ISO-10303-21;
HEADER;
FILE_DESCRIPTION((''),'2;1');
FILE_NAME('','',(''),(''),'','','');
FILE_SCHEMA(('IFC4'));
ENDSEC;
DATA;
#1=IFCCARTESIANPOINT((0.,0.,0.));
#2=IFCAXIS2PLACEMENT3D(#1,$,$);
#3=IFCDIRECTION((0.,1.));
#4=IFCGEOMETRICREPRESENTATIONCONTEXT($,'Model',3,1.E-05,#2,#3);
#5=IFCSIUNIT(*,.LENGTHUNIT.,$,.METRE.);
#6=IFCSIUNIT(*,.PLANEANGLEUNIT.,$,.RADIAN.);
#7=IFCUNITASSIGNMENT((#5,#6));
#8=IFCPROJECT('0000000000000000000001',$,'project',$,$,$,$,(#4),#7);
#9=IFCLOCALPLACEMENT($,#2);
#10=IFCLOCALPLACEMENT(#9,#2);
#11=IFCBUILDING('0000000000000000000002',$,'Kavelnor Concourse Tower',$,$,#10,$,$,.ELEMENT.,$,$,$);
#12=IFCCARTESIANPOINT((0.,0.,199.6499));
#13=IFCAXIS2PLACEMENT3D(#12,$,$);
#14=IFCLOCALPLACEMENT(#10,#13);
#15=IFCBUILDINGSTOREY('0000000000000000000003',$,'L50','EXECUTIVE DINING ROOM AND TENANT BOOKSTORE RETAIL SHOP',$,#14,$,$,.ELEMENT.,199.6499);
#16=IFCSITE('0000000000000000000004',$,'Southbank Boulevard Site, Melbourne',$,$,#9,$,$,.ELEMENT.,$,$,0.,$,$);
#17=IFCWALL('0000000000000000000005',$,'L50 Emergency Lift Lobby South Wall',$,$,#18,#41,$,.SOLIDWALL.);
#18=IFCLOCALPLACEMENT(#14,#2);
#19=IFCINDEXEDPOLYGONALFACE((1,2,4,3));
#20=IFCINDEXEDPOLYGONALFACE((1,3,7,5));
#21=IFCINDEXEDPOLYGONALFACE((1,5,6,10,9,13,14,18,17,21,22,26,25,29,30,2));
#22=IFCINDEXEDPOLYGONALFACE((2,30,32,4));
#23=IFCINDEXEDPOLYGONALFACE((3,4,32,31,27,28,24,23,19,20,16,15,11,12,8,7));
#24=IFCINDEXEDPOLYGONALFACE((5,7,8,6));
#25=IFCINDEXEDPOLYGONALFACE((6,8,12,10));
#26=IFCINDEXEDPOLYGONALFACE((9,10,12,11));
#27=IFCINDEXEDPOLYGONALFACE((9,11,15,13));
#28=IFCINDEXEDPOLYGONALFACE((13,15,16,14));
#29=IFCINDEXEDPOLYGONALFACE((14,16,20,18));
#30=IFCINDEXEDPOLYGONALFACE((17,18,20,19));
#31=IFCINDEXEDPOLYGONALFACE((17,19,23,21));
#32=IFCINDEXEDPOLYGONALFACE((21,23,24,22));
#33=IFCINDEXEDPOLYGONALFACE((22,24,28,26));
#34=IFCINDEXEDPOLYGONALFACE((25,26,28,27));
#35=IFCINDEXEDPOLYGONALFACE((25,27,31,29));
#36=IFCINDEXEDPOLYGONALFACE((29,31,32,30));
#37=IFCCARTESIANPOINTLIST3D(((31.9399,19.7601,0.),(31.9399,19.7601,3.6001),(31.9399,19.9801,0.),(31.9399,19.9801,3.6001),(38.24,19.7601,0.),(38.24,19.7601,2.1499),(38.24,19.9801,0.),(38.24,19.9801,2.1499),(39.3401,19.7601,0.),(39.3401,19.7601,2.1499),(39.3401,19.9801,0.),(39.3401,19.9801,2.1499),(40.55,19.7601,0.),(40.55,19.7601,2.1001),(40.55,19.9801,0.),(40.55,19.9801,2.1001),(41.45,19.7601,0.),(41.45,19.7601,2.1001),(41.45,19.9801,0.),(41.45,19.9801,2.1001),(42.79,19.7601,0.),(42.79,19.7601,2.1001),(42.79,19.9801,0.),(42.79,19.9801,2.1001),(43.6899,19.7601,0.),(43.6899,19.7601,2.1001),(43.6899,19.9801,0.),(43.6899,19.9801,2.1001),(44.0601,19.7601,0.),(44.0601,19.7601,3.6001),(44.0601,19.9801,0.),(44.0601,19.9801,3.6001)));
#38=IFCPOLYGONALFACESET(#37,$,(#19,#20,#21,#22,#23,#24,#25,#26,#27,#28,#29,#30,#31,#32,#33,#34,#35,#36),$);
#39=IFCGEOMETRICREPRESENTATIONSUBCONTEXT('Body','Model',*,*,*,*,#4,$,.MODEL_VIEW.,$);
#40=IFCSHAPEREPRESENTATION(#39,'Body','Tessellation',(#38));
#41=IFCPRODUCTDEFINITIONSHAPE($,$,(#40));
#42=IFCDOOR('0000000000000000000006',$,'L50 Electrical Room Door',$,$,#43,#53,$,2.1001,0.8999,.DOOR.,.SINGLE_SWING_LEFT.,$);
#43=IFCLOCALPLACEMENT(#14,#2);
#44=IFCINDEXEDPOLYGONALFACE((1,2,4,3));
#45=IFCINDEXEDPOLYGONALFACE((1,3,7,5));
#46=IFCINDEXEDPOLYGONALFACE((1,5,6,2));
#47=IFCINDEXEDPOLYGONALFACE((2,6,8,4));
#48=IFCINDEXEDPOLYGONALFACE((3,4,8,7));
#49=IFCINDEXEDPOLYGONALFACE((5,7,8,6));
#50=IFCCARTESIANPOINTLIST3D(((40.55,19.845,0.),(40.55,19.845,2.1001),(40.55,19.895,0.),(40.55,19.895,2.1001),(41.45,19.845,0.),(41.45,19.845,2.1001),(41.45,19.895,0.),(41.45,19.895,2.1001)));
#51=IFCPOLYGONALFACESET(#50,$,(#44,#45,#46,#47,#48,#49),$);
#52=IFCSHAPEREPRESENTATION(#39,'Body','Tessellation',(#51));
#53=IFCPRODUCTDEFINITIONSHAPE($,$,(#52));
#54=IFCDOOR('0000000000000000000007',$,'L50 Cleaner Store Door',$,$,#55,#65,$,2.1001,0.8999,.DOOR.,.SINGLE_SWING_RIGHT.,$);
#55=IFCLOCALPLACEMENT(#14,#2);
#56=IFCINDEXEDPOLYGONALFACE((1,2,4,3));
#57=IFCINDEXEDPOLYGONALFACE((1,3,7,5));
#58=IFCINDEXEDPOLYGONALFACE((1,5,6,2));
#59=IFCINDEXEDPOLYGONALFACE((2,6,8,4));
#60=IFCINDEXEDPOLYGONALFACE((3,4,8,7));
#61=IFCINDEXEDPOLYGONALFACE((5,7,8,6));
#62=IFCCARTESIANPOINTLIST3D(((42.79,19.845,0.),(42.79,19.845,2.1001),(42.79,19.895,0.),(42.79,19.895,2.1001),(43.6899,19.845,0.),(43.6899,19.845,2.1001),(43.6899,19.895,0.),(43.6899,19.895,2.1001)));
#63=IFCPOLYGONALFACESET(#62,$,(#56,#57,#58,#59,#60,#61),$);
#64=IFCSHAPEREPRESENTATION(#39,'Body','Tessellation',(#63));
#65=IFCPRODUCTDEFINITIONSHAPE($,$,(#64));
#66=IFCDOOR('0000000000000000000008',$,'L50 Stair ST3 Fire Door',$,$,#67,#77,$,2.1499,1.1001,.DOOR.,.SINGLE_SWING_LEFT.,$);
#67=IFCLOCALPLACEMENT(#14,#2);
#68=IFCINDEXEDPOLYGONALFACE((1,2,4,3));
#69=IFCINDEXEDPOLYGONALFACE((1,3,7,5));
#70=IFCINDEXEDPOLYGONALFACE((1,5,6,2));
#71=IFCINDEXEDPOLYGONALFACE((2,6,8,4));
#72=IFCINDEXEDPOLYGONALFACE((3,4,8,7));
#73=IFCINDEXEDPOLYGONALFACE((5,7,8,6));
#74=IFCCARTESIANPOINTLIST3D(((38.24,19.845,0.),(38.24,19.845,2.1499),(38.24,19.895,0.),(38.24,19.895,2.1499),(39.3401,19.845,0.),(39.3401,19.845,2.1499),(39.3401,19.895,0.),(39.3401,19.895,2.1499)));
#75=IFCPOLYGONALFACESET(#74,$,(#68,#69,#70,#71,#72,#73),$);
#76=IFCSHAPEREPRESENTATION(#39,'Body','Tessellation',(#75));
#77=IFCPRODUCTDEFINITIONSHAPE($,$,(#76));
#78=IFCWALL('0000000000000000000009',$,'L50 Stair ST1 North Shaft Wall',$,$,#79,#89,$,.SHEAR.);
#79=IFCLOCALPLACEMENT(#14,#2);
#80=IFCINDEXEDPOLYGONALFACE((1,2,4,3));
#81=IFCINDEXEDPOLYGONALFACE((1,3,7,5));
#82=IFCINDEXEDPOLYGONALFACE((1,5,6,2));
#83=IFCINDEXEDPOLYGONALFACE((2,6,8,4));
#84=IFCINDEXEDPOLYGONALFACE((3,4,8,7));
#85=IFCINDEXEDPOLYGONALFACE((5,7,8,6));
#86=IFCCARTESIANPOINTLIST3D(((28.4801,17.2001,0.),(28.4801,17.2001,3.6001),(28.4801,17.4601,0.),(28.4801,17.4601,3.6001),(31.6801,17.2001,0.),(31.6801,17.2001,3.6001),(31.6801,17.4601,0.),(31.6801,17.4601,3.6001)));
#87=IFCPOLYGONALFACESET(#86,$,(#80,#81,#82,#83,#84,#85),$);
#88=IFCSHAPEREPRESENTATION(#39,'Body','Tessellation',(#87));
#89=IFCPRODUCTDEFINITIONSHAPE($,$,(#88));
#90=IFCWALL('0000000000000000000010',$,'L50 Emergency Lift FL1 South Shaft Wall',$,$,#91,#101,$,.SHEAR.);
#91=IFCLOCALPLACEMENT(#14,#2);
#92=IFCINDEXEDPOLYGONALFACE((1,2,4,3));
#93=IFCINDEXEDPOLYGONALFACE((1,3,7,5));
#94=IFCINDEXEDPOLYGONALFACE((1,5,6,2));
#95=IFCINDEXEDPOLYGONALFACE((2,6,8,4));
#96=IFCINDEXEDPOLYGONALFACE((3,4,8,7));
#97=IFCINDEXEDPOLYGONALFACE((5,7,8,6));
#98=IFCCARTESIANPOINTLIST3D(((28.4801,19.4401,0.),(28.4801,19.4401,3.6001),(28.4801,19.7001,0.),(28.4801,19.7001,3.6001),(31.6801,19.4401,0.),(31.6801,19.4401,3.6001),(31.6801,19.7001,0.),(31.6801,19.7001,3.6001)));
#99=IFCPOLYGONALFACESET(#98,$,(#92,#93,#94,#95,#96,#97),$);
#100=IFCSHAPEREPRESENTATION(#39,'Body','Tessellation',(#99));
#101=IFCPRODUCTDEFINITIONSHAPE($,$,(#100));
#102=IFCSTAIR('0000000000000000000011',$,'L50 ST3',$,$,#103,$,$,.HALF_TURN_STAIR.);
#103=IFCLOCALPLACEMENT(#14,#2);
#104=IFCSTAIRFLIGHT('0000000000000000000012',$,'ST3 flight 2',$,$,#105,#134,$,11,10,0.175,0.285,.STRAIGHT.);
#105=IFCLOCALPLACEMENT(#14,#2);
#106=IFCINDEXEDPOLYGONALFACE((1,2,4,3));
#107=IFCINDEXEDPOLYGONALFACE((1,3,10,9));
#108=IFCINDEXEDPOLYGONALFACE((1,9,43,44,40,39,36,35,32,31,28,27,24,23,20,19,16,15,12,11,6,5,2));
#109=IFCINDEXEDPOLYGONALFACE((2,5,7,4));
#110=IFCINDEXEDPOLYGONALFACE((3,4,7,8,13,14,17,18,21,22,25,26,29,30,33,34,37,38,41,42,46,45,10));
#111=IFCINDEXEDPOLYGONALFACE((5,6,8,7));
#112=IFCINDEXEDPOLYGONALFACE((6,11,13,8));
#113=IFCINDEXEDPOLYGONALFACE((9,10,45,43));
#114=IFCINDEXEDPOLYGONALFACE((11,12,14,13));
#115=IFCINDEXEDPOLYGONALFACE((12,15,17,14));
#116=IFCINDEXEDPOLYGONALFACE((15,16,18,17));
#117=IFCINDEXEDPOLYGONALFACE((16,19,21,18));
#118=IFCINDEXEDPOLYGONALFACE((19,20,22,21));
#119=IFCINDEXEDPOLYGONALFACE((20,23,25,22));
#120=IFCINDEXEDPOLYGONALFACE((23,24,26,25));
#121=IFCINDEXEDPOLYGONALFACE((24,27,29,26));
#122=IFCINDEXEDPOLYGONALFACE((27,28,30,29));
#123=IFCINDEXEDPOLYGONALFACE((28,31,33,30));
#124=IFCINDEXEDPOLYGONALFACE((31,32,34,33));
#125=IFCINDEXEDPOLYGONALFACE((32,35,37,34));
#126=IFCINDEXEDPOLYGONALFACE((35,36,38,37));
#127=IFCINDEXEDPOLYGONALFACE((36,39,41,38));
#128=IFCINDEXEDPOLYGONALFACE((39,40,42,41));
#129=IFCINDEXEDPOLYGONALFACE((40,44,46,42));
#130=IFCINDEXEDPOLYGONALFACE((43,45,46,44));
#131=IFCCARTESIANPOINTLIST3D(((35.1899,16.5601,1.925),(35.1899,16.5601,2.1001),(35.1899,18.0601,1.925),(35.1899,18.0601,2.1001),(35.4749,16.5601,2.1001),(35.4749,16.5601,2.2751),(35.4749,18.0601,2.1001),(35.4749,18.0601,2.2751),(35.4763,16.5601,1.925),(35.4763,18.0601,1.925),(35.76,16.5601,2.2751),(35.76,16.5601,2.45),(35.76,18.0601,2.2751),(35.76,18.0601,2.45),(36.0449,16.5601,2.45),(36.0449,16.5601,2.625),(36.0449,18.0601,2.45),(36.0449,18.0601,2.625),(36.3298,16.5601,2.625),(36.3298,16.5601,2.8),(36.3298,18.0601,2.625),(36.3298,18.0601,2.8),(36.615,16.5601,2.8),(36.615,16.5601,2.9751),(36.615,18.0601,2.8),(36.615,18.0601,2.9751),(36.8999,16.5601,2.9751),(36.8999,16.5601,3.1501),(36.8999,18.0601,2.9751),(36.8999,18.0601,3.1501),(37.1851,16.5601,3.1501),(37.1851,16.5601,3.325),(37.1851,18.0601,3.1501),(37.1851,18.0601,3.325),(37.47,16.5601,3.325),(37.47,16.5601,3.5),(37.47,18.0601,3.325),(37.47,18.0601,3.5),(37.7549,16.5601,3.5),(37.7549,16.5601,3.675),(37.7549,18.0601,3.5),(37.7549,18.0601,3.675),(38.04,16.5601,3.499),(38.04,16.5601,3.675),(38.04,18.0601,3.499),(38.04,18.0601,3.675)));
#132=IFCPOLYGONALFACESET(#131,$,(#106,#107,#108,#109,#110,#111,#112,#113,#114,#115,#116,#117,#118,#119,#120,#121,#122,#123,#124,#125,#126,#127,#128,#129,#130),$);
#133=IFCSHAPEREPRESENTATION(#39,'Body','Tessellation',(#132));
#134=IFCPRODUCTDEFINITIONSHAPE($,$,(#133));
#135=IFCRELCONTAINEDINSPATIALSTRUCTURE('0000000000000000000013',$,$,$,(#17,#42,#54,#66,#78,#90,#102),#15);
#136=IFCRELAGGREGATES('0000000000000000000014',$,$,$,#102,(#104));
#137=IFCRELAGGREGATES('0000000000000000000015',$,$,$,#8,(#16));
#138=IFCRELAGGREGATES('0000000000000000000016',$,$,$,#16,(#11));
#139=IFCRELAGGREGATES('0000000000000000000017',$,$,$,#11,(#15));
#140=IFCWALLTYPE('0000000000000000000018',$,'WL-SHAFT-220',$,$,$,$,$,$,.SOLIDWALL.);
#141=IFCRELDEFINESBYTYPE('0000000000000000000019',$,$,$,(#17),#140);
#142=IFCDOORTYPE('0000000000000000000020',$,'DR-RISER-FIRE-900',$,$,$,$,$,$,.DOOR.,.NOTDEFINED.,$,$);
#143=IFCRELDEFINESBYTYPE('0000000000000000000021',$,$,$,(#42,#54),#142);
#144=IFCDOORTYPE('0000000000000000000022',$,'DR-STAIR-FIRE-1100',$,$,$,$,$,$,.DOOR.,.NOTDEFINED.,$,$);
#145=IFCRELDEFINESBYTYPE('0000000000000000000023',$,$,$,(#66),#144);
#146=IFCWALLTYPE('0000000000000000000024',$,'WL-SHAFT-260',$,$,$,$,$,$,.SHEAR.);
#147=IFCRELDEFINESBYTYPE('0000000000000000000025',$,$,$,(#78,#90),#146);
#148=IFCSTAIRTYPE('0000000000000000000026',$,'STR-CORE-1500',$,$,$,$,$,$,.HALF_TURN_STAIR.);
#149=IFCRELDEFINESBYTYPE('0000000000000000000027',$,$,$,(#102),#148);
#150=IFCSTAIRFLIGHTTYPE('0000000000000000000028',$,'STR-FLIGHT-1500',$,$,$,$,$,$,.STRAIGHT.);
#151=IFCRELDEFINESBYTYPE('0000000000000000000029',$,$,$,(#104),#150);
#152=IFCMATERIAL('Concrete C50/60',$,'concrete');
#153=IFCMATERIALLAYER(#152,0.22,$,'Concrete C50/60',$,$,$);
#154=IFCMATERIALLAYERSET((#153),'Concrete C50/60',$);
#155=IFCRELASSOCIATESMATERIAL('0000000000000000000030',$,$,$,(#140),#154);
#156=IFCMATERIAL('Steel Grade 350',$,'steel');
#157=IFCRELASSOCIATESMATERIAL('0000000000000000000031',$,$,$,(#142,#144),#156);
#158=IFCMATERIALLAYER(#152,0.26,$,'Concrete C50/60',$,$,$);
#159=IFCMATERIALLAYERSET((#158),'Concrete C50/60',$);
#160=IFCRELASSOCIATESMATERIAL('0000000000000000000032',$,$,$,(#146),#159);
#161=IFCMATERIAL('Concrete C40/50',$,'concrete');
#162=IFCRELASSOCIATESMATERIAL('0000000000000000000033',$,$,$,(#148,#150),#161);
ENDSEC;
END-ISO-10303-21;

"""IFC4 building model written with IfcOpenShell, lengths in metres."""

from ifc_helpers import new_model, si_unit, direction, frame, frame_2d, origin, place, context, subcontext, project, spatial, polyline, rectangle, outline, extrude, material, layer, layer_set, type_object, element, fill, aggregate, save


model = new_model("IFC4")

# Units and contexts
model_context = context("Model", 3, precision=1e-05, world=origin(), true_north=direction((0.0, 1.0)))
body_context = subcontext(model_context, "Body", "Model", "MODEL_VIEW")
ifc_project = project(units=[si_unit("LENGTHUNIT", "METRE"), si_unit("PLANEANGLEUNIT", "RADIAN")], contexts=[model_context])

# Site, building, storey
site_placement = place(None, origin())
site = spatial("IfcSite", under=ifc_project, at=site_placement, Name="Southbank Boulevard Site, Melbourne", CompositionType="ELEMENT", RefElevation=0.0)
building_placement = place(site_placement, origin())
building = spatial("IfcBuilding", under=site, at=building_placement, Name="Kavelnor Concourse Tower", CompositionType="ELEMENT")
storey_placement = place(building_placement, frame((0.0, 0.0, 199.6499)))
storey = spatial("IfcBuildingStorey", under=building, at=storey_placement, Name="L50", Description="EXECUTIVE DINING ROOM AND TENANT BOOKSTORE RETAIL SHOP", CompositionType="ELEMENT", Elevation=199.6499)

# Shared definitions
ifc_material_1 = material(Name="Steel Grade 350", Category="steel")

# Shared definitions
ifc_material_2 = material(Name="Concrete C50/60", Category="concrete")

# Wall, openings, doors
ifc_layer_1 = layer(ifc_material_2, 0.22, Name="Concrete C50/60")
ifc_layer_set_1 = layer_set([ifc_layer_1], Name="Concrete C50/60")
wall_type_1 = type_object("IfcWallType", Name="WL-SHAFT-220", PredefinedType="SOLIDWALL", material=ifc_layer_set_1)
wall_1_placement = place(storey_placement, frame((31.9399, 19.8701, 0.0), z_axis=(0.0, 0.0, 1.0), x_axis=(1.0, 0.0, 0.0)))
wall_1 = element("IfcWall", 1, at=wall_1_placement, inside=storey, type_object=wall_type_1, Name="L50 Emergency Lift Lobby South Wall", PredefinedType="SOLIDWALL", context=body_context, shape_type="SweptSolid", body=[
    extrude(rectangle(XDim=12.1201, YDim=0.22, at=frame_2d((6.0601, 0.0))), origin(), (0.0, 0.0, 1.0), 3.6001),
])
opening_1_placement = place(wall_1_placement, frame((6.3, 0.0, 0.0)))
opening_1 = element("IfcOpeningElement", 2, at=opening_1_placement, cuts=wall_1, PredefinedType="OPENING", context=body_context, shape_type="SweptSolid", body=[
    extrude(rectangle(XDim=1.1001, YDim=2.1499, at=frame_2d((0.55, 1.075))), frame((0.0, 0.1201, 0.0), z_axis=(0.0, -1.0, 0.0), x_axis=(1.0, 0.0, 0.0)), (0.0, 0.0, 1.0), 0.24),
])
opening_2_placement = place(wall_1_placement, frame((8.6101, 0.0, 0.0)))
opening_2 = element("IfcOpeningElement", 3, at=opening_2_placement, cuts=wall_1, PredefinedType="OPENING", context=body_context, shape_type="SweptSolid", body=[
    extrude(rectangle(XDim=0.8999, YDim=2.1001, at=frame_2d((0.45, 1.05))), frame((0.0, 0.1201, 0.0), z_axis=(0.0, -1.0, 0.0), x_axis=(1.0, 0.0, 0.0)), (0.0, 0.0, 1.0), 0.24),
])
opening_3_placement = place(wall_1_placement, frame((10.8501, 0.0, 0.0)))
opening_3 = element("IfcOpeningElement", 4, at=opening_3_placement, cuts=wall_1, PredefinedType="OPENING", context=body_context, shape_type="SweptSolid", body=[
    extrude(rectangle(XDim=0.8999, YDim=2.1001, at=frame_2d((0.45, 1.05))), frame((0.0, 0.1201, 0.0), z_axis=(0.0, -1.0, 0.0), x_axis=(1.0, 0.0, 0.0)), (0.0, 0.0, 1.0), 0.24),
])
door_type_1 = type_object("IfcDoorType", Name="DR-RISER-FIRE-900", OperationType="NOTDEFINED", PredefinedType="DOOR", material=ifc_material_1)
door_1_placement = place(opening_2_placement, origin())
door_1 = element("IfcDoor", 5, at=door_1_placement, inside=storey, type_object=door_type_1, Name="L50 Electrical Room Door", OperationType="SINGLE_SWING_LEFT", OverallHeight=2.1001, OverallWidth=0.8999, PredefinedType="DOOR", context=body_context, shape_type="SweptSolid", body=[
    extrude(rectangle(XDim=0.8999, YDim=2.1001, at=frame_2d((0.45, 1.05))), frame((0.0, 0.0249, 0.0), z_axis=(0.0, -1.0, 0.0), x_axis=(1.0, 0.0, 0.0)), (0.0, 0.0, 1.0), 0.05),
])
fill(opening_2, door_1)
door_2_placement = place(opening_3_placement, origin())
door_2 = element("IfcDoor", 6, at=door_2_placement, inside=storey, type_object=door_type_1, Name="L50 Cleaner Store Door", OperationType="SINGLE_SWING_RIGHT", OverallHeight=2.1001, OverallWidth=0.8999, PredefinedType="DOOR", context=body_context, shape_type="SweptSolid", body=[
    extrude(rectangle(XDim=0.8999, YDim=2.1001, at=frame_2d((0.45, 1.05))), frame((0.0, 0.0249, 0.0), z_axis=(0.0, -1.0, 0.0), x_axis=(1.0, 0.0, 0.0)), (0.0, 0.0, 1.0), 0.05),
])
fill(opening_3, door_2)
door_type_2 = type_object("IfcDoorType", Name="DR-STAIR-FIRE-1100", OperationType="NOTDEFINED", PredefinedType="DOOR", material=ifc_material_1)
door_3_placement = place(opening_1_placement, origin())
door_3 = element("IfcDoor", 7, at=door_3_placement, inside=storey, type_object=door_type_2, Name="L50 Stair ST3 Fire Door", OperationType="SINGLE_SWING_LEFT", OverallHeight=2.1499, OverallWidth=1.1001, PredefinedType="DOOR", context=body_context, shape_type="SweptSolid", body=[
    extrude(rectangle(XDim=1.1001, YDim=2.1499, at=frame_2d((0.55, 1.075))), frame((0.0, 0.0249, 0.0), z_axis=(0.0, -1.0, 0.0), x_axis=(1.0, 0.0, 0.0)), (0.0, 0.0, 1.0), 0.05),
])
fill(opening_1, door_3)

# Walls
ifc_layer_2 = layer(ifc_material_2, 0.26, Name="Concrete C50/60")
ifc_layer_set_2 = layer_set([ifc_layer_2], Name="Concrete C50/60")
wall_type_2 = type_object("IfcWallType", Name="WL-SHAFT-260", PredefinedType="SHEAR", material=ifc_layer_set_2)
for number, where, z_axis, x_axis, name in (
    (8, (28.48, 17.3301, 0.0), (0.0, 0.0, 1.0), (1.0, 0.0, 0.0), "L50 Stair ST1 North Shaft Wall"),
    (9, (28.48, 19.5701, 0.0), (0.0, 0.0, 1.0), (1.0, 0.0, 0.0), "L50 Emergency Lift FL1 South Shaft Wall"),
):
    element("IfcWall", number, at=place(storey_placement, frame(where, z_axis=z_axis, x_axis=x_axis)), inside=storey, type_object=wall_type_2, Name=name, PredefinedType="SHEAR", context=body_context, shape_type="SweptSolid", body=[
        extrude(rectangle(XDim=3.2, YDim=0.26, at=frame_2d((1.6001, 0.0))), origin(), (0.0, 0.0, 1.0), 3.6001),
    ])

# Stair, stair flight
ifc_material_3 = material(Name="Concrete C40/50", Category="concrete")
stair_type = type_object("IfcStairType", Name="STR-CORE-1500", PredefinedType="HALF_TURN_STAIR", material=ifc_material_3)
stair_placement = place(storey_placement, origin())
stair = element("IfcStair", 10, at=stair_placement, inside=storey, type_object=stair_type, Name="L50 ST3", PredefinedType="HALF_TURN_STAIR")
stair_flight_type = type_object("IfcStairFlightType", Name="STR-FLIGHT-1500", PredefinedType="STRAIGHT", material=ifc_material_3)
stair_flight_placement = place(storey_placement, frame((35.1899, 17.3101, 1.925), z_axis=(0.0, 0.0, 1.0), x_axis=(1.0, 0.0, 0.0)))
stair_flight = element("IfcStairFlight", 11, at=stair_flight_placement, type_object=stair_flight_type, Name="ST3 flight 2", NumberOfRisers=11, NumberOfTreads=10, PredefinedType="STRAIGHT", RiserHeight=0.175, TreadLength=0.285, context=body_context, shape_type="SweptSolid", body=[
    extrude(outline(polyline([(0.0, 0.0), (0.0, 0.175), (0.2849, 0.175), (0.2849, 0.3501), (0.5701, 0.3501), (0.5701, 0.5249), (0.855, 0.5249), (0.855, 0.7), (1.1399, 0.7), (1.1399, 0.875), (1.425, 0.875), (1.425, 1.05), (1.71, 1.05), (1.71, 1.2251), (1.9951, 1.2251), (1.9951, 1.3999), (2.28, 1.3999), (2.28, 1.575), (2.5649, 1.575), (2.5649, 1.75), (2.8501, 1.75), (2.8501, 1.925), (2.8501, 1.574), (0.2864, 0.0), (0.0, 0.0)])), frame((0.0, 0.75, 0.0), z_axis=(0.0, -1.0, 0.0), x_axis=(1.0, 0.0, 0.0)), (0.0, 0.0, 1.0), 1.5),
])
aggregate(stair, [stair_flight])

save(model, "model.ifc")
